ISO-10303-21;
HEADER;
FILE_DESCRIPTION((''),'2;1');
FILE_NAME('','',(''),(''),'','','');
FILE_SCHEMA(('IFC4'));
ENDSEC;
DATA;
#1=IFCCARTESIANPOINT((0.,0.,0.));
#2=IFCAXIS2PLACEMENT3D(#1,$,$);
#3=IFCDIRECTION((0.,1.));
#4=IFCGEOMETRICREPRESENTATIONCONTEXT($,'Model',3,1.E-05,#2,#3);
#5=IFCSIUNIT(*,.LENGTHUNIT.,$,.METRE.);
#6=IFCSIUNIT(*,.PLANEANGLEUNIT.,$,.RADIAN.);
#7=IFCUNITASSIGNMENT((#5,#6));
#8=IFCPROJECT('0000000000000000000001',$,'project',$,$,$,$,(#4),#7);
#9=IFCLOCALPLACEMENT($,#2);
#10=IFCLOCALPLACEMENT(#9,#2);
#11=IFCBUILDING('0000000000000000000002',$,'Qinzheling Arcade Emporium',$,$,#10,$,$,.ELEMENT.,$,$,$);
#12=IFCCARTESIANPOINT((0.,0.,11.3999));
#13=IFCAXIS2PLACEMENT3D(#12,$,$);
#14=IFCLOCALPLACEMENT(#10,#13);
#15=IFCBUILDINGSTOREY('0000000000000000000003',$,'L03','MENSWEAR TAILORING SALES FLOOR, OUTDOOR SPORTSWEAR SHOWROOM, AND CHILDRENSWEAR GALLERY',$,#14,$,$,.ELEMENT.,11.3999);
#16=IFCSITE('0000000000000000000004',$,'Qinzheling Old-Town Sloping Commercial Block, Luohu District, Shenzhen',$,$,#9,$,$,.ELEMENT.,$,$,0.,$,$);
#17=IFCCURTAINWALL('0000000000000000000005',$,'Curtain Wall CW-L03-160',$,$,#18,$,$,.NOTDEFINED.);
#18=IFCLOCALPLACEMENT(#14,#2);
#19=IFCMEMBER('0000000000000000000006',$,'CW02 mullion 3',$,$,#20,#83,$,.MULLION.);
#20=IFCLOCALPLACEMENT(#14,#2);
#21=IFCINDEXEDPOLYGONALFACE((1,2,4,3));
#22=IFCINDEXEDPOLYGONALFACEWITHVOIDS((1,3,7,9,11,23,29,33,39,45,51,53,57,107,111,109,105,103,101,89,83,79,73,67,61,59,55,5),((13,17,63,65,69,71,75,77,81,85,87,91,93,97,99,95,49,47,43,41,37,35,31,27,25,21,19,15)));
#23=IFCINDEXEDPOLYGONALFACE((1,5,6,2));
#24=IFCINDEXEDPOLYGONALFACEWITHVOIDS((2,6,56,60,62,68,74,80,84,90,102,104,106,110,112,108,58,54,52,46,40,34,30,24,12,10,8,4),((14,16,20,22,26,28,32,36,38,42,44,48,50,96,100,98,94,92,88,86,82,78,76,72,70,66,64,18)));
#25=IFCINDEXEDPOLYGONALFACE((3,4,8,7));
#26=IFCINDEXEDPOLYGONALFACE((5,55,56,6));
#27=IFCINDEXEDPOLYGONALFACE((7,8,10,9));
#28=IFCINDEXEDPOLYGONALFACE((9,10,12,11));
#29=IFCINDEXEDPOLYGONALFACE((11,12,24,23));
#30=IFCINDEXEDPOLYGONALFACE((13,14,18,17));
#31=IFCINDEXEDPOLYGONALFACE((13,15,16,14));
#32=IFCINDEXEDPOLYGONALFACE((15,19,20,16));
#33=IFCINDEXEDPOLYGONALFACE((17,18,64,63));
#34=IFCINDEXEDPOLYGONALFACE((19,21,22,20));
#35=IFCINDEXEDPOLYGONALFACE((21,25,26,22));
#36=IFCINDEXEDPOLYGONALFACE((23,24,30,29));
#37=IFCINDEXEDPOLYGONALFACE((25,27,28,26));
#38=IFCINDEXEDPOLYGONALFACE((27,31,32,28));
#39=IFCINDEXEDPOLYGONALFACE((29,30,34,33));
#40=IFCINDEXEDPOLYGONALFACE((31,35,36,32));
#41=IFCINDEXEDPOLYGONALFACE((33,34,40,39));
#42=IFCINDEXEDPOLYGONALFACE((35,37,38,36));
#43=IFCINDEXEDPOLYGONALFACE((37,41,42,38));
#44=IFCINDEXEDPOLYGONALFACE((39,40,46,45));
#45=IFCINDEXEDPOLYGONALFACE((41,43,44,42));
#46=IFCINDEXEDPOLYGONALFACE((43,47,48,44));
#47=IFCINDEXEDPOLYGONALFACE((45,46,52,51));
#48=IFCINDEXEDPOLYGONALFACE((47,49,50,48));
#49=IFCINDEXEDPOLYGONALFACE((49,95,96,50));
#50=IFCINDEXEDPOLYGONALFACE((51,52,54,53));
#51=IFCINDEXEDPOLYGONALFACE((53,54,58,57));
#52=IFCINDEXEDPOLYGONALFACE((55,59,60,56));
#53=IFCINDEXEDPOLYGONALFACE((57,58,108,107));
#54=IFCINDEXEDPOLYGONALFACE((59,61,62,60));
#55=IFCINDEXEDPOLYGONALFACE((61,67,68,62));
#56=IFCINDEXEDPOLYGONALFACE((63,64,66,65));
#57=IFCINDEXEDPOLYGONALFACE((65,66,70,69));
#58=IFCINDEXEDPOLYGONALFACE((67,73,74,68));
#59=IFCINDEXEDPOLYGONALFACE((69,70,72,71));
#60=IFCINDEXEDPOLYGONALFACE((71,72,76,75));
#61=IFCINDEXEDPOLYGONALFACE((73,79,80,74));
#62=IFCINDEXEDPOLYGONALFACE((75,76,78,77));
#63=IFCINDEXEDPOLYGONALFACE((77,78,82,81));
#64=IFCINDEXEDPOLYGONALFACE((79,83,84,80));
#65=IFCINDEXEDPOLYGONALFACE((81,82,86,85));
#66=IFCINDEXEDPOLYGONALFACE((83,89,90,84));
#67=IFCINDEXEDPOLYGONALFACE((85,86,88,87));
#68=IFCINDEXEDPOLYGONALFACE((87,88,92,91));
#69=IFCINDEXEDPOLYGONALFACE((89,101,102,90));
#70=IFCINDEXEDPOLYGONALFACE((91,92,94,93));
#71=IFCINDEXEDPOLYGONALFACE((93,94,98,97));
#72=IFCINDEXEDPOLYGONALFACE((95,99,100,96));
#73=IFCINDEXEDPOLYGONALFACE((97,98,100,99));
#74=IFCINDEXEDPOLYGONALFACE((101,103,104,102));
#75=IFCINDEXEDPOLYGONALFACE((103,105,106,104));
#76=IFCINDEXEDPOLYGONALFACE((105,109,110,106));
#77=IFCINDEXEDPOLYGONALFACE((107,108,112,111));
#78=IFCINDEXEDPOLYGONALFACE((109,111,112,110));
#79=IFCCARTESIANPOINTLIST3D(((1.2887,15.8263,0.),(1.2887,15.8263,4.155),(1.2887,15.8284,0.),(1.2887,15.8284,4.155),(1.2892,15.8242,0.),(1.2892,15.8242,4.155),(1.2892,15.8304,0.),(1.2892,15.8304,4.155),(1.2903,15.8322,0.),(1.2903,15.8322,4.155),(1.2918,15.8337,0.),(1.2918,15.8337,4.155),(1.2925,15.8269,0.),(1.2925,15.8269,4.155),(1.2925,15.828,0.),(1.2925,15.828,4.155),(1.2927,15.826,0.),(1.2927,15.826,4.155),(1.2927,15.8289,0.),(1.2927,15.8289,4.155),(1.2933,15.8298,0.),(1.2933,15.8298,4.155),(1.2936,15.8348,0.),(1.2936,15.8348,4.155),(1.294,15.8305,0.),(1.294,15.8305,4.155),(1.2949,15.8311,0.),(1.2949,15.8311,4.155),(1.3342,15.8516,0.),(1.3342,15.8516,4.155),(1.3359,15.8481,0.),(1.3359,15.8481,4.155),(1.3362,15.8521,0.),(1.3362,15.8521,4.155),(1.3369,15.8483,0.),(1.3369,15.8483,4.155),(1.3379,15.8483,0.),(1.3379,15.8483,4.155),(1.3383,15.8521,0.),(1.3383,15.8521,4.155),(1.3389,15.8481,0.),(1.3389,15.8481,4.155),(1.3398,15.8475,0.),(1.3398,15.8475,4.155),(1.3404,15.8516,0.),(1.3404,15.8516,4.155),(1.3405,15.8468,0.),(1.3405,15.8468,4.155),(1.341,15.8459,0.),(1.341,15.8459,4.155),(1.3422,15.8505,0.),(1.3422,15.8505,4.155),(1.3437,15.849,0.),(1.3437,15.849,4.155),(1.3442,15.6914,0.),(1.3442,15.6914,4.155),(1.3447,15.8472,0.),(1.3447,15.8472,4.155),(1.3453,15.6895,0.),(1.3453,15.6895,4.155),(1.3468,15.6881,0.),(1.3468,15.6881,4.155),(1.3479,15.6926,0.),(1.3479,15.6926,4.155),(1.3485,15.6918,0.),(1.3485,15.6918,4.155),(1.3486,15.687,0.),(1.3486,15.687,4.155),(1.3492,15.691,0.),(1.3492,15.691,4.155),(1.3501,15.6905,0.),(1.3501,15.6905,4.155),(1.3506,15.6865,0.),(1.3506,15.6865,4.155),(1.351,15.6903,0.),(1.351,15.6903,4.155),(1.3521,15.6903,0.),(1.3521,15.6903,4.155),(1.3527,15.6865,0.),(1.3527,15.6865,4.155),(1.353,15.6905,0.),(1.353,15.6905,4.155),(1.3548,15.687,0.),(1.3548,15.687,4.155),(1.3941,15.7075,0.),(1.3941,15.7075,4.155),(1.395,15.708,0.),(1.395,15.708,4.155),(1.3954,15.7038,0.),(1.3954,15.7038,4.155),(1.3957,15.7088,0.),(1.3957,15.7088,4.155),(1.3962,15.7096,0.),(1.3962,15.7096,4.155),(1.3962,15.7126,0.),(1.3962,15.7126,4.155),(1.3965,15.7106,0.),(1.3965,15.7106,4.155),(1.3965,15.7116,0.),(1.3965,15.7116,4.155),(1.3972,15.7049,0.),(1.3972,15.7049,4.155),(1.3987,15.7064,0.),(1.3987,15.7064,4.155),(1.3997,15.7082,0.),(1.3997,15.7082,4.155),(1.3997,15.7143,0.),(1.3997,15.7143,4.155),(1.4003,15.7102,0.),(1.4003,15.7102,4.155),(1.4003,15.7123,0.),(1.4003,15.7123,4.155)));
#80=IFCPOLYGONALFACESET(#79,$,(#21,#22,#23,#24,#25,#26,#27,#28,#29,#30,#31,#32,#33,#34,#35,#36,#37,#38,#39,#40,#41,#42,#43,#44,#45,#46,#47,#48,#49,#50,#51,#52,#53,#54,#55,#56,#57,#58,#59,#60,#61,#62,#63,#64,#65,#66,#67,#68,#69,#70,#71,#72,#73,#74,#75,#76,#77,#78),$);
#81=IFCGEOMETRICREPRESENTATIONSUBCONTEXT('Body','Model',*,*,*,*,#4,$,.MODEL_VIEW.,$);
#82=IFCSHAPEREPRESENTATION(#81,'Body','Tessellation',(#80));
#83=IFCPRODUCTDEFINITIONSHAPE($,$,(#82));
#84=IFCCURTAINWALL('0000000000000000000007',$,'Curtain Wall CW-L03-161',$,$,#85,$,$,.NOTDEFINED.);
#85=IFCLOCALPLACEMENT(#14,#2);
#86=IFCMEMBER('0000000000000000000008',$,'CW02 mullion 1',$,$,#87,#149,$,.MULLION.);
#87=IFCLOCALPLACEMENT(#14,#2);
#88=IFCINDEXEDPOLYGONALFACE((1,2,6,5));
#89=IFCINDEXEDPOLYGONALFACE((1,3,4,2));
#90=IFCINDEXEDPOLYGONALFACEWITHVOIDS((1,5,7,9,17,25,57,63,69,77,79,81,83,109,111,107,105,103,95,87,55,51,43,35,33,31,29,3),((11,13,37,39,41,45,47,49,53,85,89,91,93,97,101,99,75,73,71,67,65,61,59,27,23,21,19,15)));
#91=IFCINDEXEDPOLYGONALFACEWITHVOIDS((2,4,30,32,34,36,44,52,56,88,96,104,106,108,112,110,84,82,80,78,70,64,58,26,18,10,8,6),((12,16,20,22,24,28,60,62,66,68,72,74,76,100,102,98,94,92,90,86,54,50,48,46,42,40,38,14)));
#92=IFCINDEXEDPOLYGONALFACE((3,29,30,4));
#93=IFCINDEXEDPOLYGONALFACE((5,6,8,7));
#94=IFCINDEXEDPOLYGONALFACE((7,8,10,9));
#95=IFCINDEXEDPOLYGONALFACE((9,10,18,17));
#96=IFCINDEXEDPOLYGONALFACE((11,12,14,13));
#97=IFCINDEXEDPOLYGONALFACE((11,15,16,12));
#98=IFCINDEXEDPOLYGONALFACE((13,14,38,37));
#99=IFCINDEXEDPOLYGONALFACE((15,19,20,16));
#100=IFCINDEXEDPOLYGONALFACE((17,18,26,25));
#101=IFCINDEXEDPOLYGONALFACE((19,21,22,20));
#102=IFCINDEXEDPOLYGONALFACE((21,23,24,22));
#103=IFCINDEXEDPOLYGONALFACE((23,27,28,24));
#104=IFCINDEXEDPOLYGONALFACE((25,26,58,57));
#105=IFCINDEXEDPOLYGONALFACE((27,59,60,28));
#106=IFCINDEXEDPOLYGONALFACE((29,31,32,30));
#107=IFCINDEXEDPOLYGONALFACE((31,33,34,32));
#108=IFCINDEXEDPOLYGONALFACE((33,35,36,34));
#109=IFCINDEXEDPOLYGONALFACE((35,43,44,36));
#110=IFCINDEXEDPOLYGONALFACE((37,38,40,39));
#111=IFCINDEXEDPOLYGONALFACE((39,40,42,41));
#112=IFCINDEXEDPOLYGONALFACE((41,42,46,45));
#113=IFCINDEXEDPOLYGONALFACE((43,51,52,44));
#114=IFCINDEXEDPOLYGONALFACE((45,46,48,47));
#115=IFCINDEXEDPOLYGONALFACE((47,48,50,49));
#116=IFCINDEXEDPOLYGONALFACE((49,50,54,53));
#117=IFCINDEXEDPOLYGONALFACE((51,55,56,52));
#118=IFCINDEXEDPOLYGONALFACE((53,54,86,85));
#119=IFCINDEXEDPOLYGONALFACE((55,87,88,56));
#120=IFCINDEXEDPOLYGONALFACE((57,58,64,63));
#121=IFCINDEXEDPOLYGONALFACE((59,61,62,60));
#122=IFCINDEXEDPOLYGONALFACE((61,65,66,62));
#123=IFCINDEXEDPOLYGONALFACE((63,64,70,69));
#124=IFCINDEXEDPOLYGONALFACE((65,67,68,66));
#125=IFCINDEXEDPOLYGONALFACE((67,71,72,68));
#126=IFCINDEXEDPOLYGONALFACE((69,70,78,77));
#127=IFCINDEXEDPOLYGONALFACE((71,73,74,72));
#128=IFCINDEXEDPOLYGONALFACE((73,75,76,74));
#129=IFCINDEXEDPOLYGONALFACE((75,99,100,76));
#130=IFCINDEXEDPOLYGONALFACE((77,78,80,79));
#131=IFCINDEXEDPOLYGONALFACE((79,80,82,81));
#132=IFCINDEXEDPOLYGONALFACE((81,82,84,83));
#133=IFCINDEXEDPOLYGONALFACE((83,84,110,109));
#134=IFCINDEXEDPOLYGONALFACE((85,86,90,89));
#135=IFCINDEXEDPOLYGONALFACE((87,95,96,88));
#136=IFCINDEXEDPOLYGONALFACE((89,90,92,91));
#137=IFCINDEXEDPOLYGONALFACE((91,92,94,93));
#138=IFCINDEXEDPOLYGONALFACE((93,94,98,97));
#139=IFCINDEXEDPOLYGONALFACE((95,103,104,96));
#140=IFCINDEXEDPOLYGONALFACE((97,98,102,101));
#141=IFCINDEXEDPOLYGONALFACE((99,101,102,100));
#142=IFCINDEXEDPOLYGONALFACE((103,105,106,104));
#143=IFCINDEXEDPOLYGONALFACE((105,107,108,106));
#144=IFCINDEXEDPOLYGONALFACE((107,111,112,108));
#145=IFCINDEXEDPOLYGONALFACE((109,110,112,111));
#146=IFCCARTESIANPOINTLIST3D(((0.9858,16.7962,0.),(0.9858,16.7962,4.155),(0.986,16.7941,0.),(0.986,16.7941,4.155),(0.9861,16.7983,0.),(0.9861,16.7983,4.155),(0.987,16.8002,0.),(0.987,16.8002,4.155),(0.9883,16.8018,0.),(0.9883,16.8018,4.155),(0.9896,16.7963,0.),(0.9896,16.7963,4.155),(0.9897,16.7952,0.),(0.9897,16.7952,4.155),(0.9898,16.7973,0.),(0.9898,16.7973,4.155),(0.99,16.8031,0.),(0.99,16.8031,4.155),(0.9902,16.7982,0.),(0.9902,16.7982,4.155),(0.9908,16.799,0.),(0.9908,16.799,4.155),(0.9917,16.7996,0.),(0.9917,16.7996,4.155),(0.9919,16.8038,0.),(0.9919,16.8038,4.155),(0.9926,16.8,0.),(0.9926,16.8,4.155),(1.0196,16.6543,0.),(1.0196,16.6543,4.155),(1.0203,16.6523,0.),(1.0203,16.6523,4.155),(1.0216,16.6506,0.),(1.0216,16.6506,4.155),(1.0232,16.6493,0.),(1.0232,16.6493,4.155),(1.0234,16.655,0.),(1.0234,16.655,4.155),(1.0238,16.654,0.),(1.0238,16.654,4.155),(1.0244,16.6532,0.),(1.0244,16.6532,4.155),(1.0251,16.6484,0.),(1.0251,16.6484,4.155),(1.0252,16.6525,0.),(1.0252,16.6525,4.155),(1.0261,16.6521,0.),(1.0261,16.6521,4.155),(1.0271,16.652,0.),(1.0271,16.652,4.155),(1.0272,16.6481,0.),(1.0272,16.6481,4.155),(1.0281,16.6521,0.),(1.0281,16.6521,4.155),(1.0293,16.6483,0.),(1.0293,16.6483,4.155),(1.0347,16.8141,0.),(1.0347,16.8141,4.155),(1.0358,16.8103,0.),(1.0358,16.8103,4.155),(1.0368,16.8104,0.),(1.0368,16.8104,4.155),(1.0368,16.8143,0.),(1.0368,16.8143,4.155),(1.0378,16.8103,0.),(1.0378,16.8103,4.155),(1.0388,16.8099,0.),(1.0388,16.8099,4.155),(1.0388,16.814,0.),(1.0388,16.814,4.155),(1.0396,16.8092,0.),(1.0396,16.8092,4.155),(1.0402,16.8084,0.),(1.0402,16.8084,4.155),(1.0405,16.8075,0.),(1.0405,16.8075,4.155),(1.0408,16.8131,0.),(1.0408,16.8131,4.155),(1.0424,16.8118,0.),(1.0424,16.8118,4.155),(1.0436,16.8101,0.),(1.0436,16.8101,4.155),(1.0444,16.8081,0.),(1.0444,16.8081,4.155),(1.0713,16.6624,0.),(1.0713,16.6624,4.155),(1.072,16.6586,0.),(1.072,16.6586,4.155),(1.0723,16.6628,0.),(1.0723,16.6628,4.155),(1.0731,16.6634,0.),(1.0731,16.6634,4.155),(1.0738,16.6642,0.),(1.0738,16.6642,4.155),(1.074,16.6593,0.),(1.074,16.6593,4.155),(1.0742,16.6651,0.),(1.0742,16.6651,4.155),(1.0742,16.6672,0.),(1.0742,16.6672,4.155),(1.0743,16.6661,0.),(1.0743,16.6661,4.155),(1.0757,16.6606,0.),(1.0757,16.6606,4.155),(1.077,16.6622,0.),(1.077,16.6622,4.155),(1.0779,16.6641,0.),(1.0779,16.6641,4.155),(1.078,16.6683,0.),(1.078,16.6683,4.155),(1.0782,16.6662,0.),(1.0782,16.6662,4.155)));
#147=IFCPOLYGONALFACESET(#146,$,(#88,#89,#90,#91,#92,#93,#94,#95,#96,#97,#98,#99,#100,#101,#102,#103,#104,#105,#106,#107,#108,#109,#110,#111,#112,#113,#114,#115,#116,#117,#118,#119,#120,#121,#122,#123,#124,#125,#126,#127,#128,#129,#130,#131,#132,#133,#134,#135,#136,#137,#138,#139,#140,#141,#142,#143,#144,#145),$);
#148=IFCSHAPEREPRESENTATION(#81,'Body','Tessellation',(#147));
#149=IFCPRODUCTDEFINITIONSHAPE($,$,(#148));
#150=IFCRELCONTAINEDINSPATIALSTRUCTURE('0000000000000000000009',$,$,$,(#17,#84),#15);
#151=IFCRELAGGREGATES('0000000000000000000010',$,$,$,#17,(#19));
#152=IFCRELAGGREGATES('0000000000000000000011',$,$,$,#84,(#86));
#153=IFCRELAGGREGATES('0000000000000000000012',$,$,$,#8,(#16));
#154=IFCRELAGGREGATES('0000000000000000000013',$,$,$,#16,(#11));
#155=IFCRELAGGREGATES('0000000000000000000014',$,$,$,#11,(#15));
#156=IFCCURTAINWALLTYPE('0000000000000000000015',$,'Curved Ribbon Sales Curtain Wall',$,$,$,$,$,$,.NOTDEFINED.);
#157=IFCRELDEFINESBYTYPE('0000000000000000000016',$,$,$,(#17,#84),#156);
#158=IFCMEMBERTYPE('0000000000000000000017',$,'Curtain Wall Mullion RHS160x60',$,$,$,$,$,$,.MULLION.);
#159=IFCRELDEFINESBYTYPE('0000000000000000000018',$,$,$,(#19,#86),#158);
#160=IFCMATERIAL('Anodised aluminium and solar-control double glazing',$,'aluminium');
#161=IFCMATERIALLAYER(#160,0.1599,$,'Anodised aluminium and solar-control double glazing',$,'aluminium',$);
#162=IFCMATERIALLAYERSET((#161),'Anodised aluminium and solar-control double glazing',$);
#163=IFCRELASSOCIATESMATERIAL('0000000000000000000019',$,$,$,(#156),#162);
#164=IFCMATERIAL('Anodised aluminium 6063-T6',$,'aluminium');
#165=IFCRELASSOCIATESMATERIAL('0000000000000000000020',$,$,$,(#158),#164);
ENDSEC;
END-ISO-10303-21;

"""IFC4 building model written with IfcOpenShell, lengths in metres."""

from ifc_helpers import new_model, si_unit, direction, frame, origin, origin_2d, place, context, subcontext, project, spatial, hollow_rectangle, extrude, material, layer, layer_set, material_profile, profile_set, type_object, element, aggregate, save


model = new_model("IFC4")

# Units and contexts
model_context = context("Model", 3, precision=1e-05, world=origin(), true_north=direction((0.0, 1.0)))
body_context = subcontext(model_context, "Body", "Model", "MODEL_VIEW")
ifc_project = project(units=[si_unit("LENGTHUNIT", "METRE"), si_unit("PLANEANGLEUNIT", "RADIAN")], contexts=[model_context])

# Site, building, storey
site_placement = place(None, origin())
site = spatial("IfcSite", under=ifc_project, at=site_placement, Name="Qinzheling Old-Town Sloping Commercial Block, Luohu District, Shenzhen", CompositionType="ELEMENT", RefElevation=0.0)
building_placement = place(site_placement, origin())
building = spatial("IfcBuilding", under=site, at=building_placement, Name="Qinzheling Arcade Emporium", CompositionType="ELEMENT")
storey_placement = place(building_placement, frame((0.0, 0.0, 11.3999)))
storey = spatial("IfcBuildingStorey", under=building, at=storey_placement, Name="L03", Description="MENSWEAR TAILORING SALES FLOOR, OUTDOOR SPORTSWEAR SHOWROOM, AND CHILDRENSWEAR GALLERY", CompositionType="ELEMENT", Elevation=11.3999)

# Curtain walls, members
ifc_material_1 = material(Name="Anodised aluminium and solar-control double glazing", Category="aluminium")
ifc_layer_1 = layer(ifc_material_1, 0.1599, Name="Anodised aluminium and solar-control double glazing", Category="aluminium")
ifc_layer_set_1 = layer_set([ifc_layer_1], Name="Anodised aluminium and solar-control double glazing")
curtain_wall_type = type_object("IfcCurtainWallType", Name="Curved Ribbon Sales Curtain Wall", PredefinedType="NOTDEFINED", material=ifc_layer_set_1)
curtain_wall_1_placement = place(storey_placement, origin())
curtain_wall_1 = element("IfcCurtainWall", 1, at=curtain_wall_1_placement, inside=storey, type_object=curtain_wall_type, Name="Curtain Wall CW-L03-160", PredefinedType="NOTDEFINED")
ifc_material_2 = material(Name="Anodised aluminium 6063-T6", Category="aluminium")
ifc_material_profile_1 = material_profile(ifc_material_2, hollow_rectangle(XDim=0.0601, YDim=0.1599, WallThickness=0.0039, InnerFilletRadius=0.0039, OuterFilletRadius=0.0081, at=origin_2d()), Name="RHS 160x60x4", Category="aluminium")
ifc_profile_set_1 = profile_set([ifc_material_profile_1], Name="Anodised aluminium 6063-T6")
member_type_1 = type_object("IfcMemberType", Name="Curtain Wall Mullion RHS160x60", PredefinedType="MULLION", material=ifc_profile_set_1)
member_1_placement = place(storey_placement, frame((1.3445, 15.7693, 0.0), z_axis=(0.0, 0.0, 1.0), x_axis=(-0.923941, -0.382535, 0.0)))
member_1 = element("IfcMember", 2, at=member_1_placement, type_object=member_type_1, Name="CW02 mullion 3", PredefinedType="MULLION", context=body_context, shape_type="SweptSolid", body=[
    extrude(hollow_rectangle(XDim=0.0601, YDim=0.1599, WallThickness=0.0039, InnerFilletRadius=0.0039, OuterFilletRadius=0.0081, at=origin_2d()), origin(), (0.0, 0.0, 1.0), 4.155),
])
curtain_wall_2_placement = place(storey_placement, origin())
curtain_wall_2 = element("IfcCurtainWall", 3, at=curtain_wall_2_placement, inside=storey, type_object=curtain_wall_type, Name="Curtain Wall CW-L03-161", PredefinedType="NOTDEFINED")
member_2_placement = place(storey_placement, frame((1.032, 16.7312, 0.0), z_axis=(0.0, 0.0, 1.0), x_axis=(-0.972336, -0.233585, 0.0)))
member_2 = element("IfcMember", 4, at=member_2_placement, type_object=member_type_1, Name="CW02 mullion 1", PredefinedType="MULLION", context=body_context, shape_type="SweptSolid", body=[
    extrude(hollow_rectangle(XDim=0.0601, YDim=0.1599, WallThickness=0.0039, InnerFilletRadius=0.0039, OuterFilletRadius=0.0081, at=origin_2d()), origin(), (0.0, 0.0, 1.0), 4.155),
])

aggregate(curtain_wall_1, [member_1])
aggregate(curtain_wall_2, [member_2])

save(model, "model.ifc")
